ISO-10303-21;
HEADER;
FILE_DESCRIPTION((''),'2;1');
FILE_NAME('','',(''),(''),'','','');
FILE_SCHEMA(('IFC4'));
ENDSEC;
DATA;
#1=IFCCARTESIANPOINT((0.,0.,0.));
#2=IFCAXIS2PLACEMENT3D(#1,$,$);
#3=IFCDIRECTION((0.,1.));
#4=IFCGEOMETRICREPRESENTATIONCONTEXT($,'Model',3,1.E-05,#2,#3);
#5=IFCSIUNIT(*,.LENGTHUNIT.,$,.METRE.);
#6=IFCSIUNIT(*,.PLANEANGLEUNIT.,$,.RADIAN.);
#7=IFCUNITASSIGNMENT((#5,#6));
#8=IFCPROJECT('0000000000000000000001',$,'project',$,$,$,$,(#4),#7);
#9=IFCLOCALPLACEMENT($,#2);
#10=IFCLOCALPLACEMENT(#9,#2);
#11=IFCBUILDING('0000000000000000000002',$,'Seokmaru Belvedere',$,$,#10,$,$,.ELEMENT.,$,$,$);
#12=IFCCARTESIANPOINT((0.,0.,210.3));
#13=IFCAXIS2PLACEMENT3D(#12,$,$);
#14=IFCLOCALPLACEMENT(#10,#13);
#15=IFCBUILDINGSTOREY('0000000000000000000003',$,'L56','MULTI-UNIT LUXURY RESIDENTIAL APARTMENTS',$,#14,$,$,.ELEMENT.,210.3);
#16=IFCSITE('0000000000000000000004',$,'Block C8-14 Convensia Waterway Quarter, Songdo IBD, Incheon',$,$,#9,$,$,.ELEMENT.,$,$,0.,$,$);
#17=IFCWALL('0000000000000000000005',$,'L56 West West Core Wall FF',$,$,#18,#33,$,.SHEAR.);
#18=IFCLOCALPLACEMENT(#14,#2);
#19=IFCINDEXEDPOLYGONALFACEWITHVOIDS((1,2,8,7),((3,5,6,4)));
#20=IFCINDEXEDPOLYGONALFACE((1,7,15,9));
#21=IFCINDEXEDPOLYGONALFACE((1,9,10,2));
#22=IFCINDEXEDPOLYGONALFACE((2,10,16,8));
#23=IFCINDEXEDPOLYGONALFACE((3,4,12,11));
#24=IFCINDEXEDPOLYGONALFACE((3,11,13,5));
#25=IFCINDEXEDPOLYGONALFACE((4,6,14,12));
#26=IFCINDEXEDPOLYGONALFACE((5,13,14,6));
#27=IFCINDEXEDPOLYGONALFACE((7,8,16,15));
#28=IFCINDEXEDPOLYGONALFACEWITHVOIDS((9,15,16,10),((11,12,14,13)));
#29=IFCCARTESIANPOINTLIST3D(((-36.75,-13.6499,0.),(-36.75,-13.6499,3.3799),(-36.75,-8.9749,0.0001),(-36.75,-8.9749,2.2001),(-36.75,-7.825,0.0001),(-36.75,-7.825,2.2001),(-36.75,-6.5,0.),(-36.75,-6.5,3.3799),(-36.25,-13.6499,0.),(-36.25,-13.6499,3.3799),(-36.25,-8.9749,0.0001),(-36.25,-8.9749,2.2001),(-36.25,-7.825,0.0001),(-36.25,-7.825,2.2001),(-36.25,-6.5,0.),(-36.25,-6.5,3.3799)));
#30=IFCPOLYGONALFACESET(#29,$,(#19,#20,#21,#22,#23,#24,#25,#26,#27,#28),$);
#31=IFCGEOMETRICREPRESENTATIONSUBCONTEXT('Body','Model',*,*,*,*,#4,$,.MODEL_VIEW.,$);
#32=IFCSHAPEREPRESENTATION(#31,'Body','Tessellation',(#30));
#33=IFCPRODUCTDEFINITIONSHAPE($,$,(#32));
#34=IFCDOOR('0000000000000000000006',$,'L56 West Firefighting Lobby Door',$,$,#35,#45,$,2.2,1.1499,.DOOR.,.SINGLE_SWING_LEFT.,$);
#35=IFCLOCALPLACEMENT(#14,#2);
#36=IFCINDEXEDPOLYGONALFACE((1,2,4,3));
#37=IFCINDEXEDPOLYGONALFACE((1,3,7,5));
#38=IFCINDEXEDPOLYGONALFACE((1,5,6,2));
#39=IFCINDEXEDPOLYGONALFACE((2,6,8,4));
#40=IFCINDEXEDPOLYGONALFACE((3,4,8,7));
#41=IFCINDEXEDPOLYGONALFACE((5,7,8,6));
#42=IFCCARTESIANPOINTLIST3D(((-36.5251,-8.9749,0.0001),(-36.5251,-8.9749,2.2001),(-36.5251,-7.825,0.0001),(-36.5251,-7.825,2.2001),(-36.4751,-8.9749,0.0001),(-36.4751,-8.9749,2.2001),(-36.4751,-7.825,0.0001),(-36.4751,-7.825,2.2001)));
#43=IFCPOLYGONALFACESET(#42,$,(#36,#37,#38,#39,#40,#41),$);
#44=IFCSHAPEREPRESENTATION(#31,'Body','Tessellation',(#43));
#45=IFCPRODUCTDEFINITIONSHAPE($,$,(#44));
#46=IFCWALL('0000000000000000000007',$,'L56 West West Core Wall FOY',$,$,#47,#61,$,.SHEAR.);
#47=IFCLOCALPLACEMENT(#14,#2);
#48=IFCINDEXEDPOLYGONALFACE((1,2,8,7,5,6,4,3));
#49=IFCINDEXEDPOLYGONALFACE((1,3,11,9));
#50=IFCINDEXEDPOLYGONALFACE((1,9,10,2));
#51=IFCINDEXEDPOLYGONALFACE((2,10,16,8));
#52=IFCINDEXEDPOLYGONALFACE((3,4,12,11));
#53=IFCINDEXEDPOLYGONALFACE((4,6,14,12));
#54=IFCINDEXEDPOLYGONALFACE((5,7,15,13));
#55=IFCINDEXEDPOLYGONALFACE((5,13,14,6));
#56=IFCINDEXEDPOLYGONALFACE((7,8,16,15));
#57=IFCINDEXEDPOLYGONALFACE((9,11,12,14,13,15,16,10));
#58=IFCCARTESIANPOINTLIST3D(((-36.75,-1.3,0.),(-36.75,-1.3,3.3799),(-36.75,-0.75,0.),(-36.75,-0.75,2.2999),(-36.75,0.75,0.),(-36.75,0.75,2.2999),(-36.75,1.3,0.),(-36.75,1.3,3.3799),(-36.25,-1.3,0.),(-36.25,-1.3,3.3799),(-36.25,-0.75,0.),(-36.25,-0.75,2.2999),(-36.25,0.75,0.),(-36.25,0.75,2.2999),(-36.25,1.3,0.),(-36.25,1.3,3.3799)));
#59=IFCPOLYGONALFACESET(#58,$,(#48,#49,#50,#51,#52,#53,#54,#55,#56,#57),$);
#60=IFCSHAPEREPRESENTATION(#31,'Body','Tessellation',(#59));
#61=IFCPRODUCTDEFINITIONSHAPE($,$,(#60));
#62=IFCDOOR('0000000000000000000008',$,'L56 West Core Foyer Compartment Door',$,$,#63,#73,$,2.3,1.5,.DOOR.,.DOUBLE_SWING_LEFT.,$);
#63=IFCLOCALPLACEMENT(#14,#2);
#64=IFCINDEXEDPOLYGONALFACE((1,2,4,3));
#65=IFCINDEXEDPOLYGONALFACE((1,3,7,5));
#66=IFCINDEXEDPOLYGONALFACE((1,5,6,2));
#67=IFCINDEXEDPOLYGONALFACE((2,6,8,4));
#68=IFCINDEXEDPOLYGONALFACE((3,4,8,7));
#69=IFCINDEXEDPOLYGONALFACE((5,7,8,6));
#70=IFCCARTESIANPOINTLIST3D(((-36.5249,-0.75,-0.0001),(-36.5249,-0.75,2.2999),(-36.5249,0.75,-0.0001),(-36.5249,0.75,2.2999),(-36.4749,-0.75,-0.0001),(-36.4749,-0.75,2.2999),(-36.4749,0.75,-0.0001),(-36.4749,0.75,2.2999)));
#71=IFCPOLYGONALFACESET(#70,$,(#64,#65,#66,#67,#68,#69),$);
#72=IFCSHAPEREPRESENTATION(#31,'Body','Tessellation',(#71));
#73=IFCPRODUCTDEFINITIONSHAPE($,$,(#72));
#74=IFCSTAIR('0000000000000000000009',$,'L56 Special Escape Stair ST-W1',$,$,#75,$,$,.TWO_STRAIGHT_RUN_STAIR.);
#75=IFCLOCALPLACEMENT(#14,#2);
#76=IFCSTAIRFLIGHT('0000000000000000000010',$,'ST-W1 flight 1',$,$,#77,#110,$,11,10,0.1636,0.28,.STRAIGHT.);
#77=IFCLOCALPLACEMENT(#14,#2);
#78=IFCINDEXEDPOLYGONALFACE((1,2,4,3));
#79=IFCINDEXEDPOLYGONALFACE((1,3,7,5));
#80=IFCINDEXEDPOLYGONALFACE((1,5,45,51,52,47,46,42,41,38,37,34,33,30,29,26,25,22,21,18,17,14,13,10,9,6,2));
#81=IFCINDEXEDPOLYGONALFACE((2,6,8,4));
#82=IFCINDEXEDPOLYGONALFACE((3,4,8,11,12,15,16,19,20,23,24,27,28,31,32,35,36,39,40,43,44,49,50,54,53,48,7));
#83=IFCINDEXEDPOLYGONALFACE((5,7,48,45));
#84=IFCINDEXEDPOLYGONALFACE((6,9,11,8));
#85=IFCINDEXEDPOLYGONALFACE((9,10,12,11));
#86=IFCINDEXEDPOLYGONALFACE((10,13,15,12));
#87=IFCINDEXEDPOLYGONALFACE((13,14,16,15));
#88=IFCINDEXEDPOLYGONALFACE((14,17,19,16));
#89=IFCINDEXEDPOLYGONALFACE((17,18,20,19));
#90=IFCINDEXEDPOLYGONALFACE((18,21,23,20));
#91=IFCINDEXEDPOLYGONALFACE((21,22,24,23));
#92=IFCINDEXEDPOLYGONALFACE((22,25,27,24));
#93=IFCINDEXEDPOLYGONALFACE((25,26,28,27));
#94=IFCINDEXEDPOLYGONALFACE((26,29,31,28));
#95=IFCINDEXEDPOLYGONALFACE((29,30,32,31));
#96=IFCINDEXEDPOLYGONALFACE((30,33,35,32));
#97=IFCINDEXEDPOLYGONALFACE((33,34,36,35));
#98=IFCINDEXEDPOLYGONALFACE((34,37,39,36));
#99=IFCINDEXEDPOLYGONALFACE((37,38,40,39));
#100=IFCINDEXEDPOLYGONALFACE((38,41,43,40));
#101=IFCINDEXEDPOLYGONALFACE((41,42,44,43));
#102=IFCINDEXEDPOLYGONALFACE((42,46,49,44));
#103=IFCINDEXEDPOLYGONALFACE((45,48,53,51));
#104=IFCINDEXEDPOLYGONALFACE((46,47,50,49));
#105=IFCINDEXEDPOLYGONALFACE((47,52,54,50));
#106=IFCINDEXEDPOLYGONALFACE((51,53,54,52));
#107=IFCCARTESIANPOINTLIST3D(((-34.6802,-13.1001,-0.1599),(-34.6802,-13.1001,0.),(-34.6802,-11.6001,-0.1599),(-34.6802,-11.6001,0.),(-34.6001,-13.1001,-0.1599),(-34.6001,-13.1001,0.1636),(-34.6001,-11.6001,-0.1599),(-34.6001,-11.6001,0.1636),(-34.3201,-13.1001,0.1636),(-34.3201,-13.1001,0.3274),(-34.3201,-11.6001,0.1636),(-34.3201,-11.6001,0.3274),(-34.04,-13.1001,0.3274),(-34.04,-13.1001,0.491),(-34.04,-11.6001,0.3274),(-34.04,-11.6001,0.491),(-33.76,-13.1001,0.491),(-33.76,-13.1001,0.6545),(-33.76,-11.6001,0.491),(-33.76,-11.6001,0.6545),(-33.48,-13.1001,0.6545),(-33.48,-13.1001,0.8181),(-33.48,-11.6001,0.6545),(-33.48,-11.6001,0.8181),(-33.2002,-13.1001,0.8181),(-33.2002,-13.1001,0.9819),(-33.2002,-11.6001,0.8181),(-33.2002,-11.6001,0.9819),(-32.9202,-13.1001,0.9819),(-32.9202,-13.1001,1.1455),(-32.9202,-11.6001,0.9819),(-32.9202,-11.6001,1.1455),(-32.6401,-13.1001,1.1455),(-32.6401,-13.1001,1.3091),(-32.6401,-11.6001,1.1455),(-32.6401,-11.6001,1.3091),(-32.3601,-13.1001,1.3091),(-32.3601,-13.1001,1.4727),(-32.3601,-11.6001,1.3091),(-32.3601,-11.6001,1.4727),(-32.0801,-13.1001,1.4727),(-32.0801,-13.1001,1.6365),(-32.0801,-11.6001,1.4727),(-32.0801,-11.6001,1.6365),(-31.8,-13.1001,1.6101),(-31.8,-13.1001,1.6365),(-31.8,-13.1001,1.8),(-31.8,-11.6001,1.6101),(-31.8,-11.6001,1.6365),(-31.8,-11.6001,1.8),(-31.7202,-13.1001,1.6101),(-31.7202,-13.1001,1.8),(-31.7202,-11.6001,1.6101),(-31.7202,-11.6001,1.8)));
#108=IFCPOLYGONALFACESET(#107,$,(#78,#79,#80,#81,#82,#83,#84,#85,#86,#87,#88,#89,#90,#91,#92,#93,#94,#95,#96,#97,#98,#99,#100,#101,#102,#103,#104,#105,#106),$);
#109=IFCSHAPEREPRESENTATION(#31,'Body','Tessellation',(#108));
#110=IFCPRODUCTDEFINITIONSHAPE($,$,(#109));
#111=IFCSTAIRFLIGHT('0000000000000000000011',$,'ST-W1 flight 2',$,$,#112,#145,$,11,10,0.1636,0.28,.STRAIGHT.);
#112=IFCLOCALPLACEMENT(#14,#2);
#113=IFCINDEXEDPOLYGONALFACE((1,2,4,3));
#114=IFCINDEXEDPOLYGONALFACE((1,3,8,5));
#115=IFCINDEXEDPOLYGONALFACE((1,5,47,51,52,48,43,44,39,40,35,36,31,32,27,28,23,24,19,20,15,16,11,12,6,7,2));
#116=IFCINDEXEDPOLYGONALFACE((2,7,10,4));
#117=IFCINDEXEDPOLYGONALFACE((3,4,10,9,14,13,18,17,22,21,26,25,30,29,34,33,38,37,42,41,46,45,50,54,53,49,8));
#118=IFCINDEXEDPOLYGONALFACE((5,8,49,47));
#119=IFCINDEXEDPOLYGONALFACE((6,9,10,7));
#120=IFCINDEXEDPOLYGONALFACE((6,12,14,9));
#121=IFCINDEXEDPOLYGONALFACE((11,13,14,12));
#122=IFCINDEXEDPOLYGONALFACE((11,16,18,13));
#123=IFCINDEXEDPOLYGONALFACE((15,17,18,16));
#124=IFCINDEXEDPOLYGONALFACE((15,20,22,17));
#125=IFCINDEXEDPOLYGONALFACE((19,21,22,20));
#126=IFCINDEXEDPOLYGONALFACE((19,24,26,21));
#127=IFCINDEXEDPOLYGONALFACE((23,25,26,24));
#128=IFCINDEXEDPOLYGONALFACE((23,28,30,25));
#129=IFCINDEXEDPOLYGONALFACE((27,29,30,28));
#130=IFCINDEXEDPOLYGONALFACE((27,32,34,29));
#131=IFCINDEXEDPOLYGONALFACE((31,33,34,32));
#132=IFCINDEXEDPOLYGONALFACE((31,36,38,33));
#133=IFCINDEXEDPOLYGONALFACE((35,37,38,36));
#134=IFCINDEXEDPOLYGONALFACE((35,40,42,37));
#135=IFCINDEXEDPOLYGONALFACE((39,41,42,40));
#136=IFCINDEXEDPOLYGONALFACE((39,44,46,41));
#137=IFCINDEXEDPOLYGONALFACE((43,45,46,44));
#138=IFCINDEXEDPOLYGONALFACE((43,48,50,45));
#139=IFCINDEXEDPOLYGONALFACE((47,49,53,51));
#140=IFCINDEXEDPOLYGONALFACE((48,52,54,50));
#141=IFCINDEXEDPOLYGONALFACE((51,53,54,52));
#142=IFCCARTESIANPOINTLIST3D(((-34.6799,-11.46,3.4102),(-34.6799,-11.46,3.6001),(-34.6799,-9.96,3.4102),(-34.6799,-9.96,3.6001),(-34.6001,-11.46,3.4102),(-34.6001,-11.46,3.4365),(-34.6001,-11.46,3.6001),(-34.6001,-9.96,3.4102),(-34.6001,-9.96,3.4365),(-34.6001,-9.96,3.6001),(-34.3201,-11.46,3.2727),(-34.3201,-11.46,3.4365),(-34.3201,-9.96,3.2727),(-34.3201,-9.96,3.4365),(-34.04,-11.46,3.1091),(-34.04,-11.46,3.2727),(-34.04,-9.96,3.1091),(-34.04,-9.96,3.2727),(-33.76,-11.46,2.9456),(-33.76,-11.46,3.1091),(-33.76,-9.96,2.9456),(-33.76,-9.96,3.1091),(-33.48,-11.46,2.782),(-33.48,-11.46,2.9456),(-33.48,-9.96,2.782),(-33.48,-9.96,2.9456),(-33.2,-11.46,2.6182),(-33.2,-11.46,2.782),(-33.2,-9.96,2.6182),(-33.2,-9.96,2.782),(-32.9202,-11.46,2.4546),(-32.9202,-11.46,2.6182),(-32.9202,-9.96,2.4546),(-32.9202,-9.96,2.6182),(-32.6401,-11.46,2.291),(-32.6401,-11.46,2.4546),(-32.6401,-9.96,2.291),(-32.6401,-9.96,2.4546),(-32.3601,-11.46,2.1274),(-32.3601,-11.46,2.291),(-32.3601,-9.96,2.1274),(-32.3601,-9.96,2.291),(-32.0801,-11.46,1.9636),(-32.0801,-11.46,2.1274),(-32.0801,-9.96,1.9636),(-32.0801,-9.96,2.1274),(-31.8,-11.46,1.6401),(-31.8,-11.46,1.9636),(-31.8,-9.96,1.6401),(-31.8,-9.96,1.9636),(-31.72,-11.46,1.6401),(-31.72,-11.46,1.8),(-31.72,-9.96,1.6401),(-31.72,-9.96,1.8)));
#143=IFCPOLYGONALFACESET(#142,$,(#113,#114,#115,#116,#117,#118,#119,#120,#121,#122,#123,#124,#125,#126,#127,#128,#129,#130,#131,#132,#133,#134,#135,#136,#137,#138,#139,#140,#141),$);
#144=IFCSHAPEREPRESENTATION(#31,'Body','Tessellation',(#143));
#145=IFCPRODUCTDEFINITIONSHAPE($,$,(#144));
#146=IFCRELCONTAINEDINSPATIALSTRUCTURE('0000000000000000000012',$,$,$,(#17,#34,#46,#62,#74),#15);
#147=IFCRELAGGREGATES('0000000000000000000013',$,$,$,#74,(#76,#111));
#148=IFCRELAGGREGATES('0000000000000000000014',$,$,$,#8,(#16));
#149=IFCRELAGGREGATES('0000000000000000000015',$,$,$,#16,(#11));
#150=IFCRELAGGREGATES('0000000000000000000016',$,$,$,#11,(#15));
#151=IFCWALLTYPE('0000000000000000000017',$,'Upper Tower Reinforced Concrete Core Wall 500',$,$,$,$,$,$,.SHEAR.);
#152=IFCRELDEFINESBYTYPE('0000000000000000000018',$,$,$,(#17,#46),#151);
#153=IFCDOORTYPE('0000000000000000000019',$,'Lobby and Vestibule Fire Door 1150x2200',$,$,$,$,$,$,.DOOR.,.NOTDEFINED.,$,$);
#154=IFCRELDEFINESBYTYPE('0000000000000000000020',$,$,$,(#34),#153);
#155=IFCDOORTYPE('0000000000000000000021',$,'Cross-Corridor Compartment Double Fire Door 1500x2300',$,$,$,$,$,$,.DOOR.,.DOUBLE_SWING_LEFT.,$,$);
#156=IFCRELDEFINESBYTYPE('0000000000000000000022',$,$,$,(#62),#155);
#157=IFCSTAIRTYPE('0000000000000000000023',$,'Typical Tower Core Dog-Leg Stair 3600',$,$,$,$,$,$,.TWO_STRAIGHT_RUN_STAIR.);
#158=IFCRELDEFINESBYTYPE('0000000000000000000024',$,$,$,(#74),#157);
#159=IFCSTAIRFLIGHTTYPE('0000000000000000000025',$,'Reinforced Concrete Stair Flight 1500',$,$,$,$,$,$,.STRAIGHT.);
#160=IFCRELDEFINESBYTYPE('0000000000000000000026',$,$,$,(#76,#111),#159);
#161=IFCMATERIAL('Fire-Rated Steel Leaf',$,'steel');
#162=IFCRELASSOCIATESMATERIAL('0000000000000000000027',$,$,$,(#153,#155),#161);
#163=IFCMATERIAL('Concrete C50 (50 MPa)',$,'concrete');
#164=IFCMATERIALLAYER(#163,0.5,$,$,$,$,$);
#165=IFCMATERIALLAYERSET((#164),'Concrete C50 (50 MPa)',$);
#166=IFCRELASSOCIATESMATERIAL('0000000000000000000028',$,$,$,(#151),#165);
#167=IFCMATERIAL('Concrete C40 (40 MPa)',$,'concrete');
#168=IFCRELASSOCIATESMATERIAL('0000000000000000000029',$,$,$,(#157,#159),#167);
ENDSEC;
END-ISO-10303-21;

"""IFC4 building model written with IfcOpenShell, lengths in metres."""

from ifc_helpers import new_model, si_unit, direction, frame, frame_2d, origin, place, context, subcontext, project, spatial, polyline, rectangle, outline, extrude, source, transform, mapped, material, layer, layer_set, type_object, type_shapes, element, fill, aggregate, save


model = new_model("IFC4")

# Units and contexts
model_context = context("Model", 3, precision=1e-05, world=origin(), true_north=direction((0.0, 1.0)))
body_context = subcontext(model_context, "Body", "Model", "MODEL_VIEW")
ifc_project = project(units=[si_unit("LENGTHUNIT", "METRE"), si_unit("PLANEANGLEUNIT", "RADIAN")], contexts=[model_context])

# Site, building, storey
site_placement = place(None, origin())
site = spatial("IfcSite", under=ifc_project, at=site_placement, Name="Block C8-14 Convensia Waterway Quarter, Songdo IBD, Incheon", CompositionType="ELEMENT", RefElevation=0.0)
building_placement = place(site_placement, origin())
building = spatial("IfcBuilding", under=site, at=building_placement, Name="Seokmaru Belvedere", CompositionType="ELEMENT")
storey_placement = place(building_placement, frame((0.0, 0.0, 210.3)))
storey = spatial("IfcBuildingStorey", under=building, at=storey_placement, Name="L56", Description="MULTI-UNIT LUXURY RESIDENTIAL APARTMENTS", CompositionType="ELEMENT", Elevation=210.3)

# Shared definitions
ifc_material_1 = material(Name="Fire-Rated Steel Leaf", Category="steel")
door_type_1 = type_object("IfcDoorType", Name="Lobby and Vestibule Fire Door 1150x2200", OperationType="NOTDEFINED", PredefinedType="DOOR", material=ifc_material_1)
shared_shape_1 = source(origin(), body_context, "Body", "SweptSolid", [
    extrude(rectangle(XDim=1.1499, YDim=2.2, at=frame_2d((0.575, 1.1001))), frame((0.0, 0.0249, 0.0), z_axis=(0.0, -1.0, 0.0), x_axis=(1.0, 0.0, 0.0)), (0.0, 0.0, 1.0), 0.05),
])
type_shapes(door_type_1, [shared_shape_1])

# Shared definitions
ifc_material_2 = material(Name="Concrete C50 (50 MPa)", Category="concrete")

# Shared definitions
ifc_layer_1 = layer(ifc_material_2, 0.5)
ifc_layer_set_1 = layer_set([ifc_layer_1], Name="Concrete C50 (50 MPa)")
wall_type_1 = type_object("IfcWallType", Name="Upper Tower Reinforced Concrete Core Wall 500", PredefinedType="SHEAR", material=ifc_layer_set_1)

# Walls, openings, doors
wall_1_placement = place(storey_placement, frame((-36.5, -13.6499, 0.0), z_axis=(0.0, 0.0, 1.0), x_axis=(0.0, 1.0, 0.0)))
wall_1 = element("IfcWall", 1, at=wall_1_placement, inside=storey, type_object=wall_type_1, Name="L56 West West Core Wall FF", PredefinedType="SHEAR", context=body_context, shape_type="SweptSolid", body=[
    extrude(rectangle(XDim=7.1499, YDim=0.5, at=frame_2d((3.575, 0.0))), origin(), (0.0, 0.0, 1.0), 3.3799),
])
opening_1_placement = place(wall_1_placement, frame((4.675, 0.0, 0.0)))
opening_1 = element("IfcOpeningElement", 2, at=opening_1_placement, cuts=wall_1, PredefinedType="OPENING", context=body_context, shape_type="SweptSolid", body=[
    extrude(rectangle(XDim=1.1499, YDim=2.2, at=frame_2d((0.575, 1.1001))), frame((0.0, 0.26, 0.0), z_axis=(0.0, -1.0, 0.0), x_axis=(1.0, 0.0, 0.0)), (0.0, 0.0, 1.0), 0.52),
])
door_1_placement = place(opening_1_placement, frame((1.1499, 0.0, 0.0), z_axis=(0.0, 0.0, 1.0), x_axis=(-1.0, 0.0, 0.0)))
door_1 = element("IfcDoor", 3, at=door_1_placement, inside=storey, type_object=door_type_1, Name="L56 West Firefighting Lobby Door", OperationType="SINGLE_SWING_LEFT", OverallHeight=2.2, OverallWidth=1.1499, PredefinedType="DOOR", context=body_context, shape_type="MappedRepresentation", body=[
    mapped(shared_shape_1, transform((0.0, 0.0, 0.0), scale=1.0)),
])
fill(opening_1, door_1)
wall_2_placement = place(storey_placement, frame((-36.5, -1.3, 0.0), z_axis=(0.0, 0.0, 1.0), x_axis=(0.0, 1.0, 0.0)))
wall_2 = element("IfcWall", 4, at=wall_2_placement, inside=storey, type_object=wall_type_1, Name="L56 West West Core Wall FOY", PredefinedType="SHEAR", context=body_context, shape_type="SweptSolid", body=[
    extrude(rectangle(XDim=2.6001, YDim=0.5, at=frame_2d((1.3, 0.0))), origin(), (0.0, 0.0, 1.0), 3.3799),
])
opening_2_placement = place(wall_2_placement, frame((0.55, 0.0, 0.0)))
opening_2 = element("IfcOpeningElement", 5, at=opening_2_placement, cuts=wall_2, PredefinedType="OPENING", context=body_context, shape_type="SweptSolid", body=[
    extrude(rectangle(XDim=1.5, YDim=2.3, at=frame_2d((0.75, 1.1499))), frame((0.0, 0.26, 0.0), z_axis=(0.0, -1.0, 0.0), x_axis=(1.0, 0.0, 0.0)), (0.0, 0.0, 1.0), 0.52),
])
door_type_2 = type_object("IfcDoorType", Name="Cross-Corridor Compartment Double Fire Door 1500x2300", OperationType="DOUBLE_SWING_LEFT", PredefinedType="DOOR", material=ifc_material_1)
shared_shape_2 = source(origin(), body_context, "Body", "SweptSolid", [
    extrude(rectangle(XDim=1.5, YDim=2.3, at=frame_2d((0.75, 1.1499))), frame((0.0, 0.0249, 0.0), z_axis=(0.0, -1.0, 0.0), x_axis=(1.0, 0.0, 0.0)), (0.0, 0.0, 1.0), 0.05),
])
type_shapes(door_type_2, [shared_shape_2])
door_2_placement = place(opening_2_placement, origin())
door_2 = element("IfcDoor", 6, at=door_2_placement, inside=storey, type_object=door_type_2, Name="L56 West Core Foyer Compartment Door", OperationType="DOUBLE_SWING_LEFT", OverallHeight=2.3, OverallWidth=1.5, PredefinedType="DOOR", context=body_context, shape_type="MappedRepresentation", body=[
    mapped(shared_shape_2, transform((0.0, 0.0, 0.0), scale=1.0)),
])
fill(opening_2, door_2)

# Stair, stair flights
ifc_material_3 = material(Name="Concrete C40 (40 MPa)", Category="concrete")
stair_type = type_object("IfcStairType", Name="Typical Tower Core Dog-Leg Stair 3600", PredefinedType="TWO_STRAIGHT_RUN_STAIR", material=ifc_material_3)
stair_placement = place(storey_placement, origin())
stair = element("IfcStair", 7, at=stair_placement, inside=storey, type_object=stair_type, Name="L56 Special Escape Stair ST-W1", PredefinedType="TWO_STRAIGHT_RUN_STAIR")
stair_flight_type = type_object("IfcStairFlightType", Name="Reinforced Concrete Stair Flight 1500", PredefinedType="STRAIGHT", material=ifc_material_3)
stair_flight_1_placement = place(storey_placement, frame((-34.6001, -12.3501, 0.0), z_axis=(0.0, 0.0, 1.0), x_axis=(1.0, 0.0, 0.0)))
stair_flight_1 = element("IfcStairFlight", 8, at=stair_flight_1_placement, type_object=stair_flight_type, Name="ST-W1 flight 1", NumberOfRisers=11, NumberOfTreads=10, PredefinedType="STRAIGHT", RiserHeight=0.1636, TreadLength=0.28, context=body_context, shape_type="SweptSolid", body=[
    extrude(outline(polyline([(-0.0801, 0.0), (0.0, 0.1636), (0.28, 0.1636), (0.28, 0.3274), (0.5601, 0.3274), (0.5601, 0.491), (0.8401, 0.491), (0.8401, 0.6545), (1.1201, 0.6545), (1.1201, 0.8181), (1.3999, 0.8181), (1.3999, 0.9819), (1.6799, 0.9819), (1.6799, 1.1455), (1.96, 1.1455), (1.96, 1.3091), (2.24, 1.3091), (2.24, 1.4727), (2.52, 1.4727), (2.52, 1.6365), (2.8, 1.6365), (2.8, 1.8), (2.8799, 1.8), (2.8799, 1.6101), (2.8, 1.6101), (0.0, -0.1599), (-0.0801, -0.1599), (-0.0801, 0.0)])), frame((0.0, 0.75, 0.0), z_axis=(0.0, -1.0, 0.0), x_axis=(1.0, 0.0, 0.0)), (0.0, 0.0, 1.0), 1.5),
])
stair_flight_2_placement = place(storey_placement, frame((-31.8, -10.71, 1.8), z_axis=(0.0, 0.0, 1.0), x_axis=(-1.0, 0.0, 0.0)))
stair_flight_2 = element("IfcStairFlight", 9, at=stair_flight_2_placement, type_object=stair_flight_type, Name="ST-W1 flight 2", NumberOfRisers=11, NumberOfTreads=10, PredefinedType="STRAIGHT", RiserHeight=0.1636, TreadLength=0.28, context=body_context, shape_type="SweptSolid", body=[
    extrude(outline(polyline([(-0.0801, 0.0), (0.0, 0.1636), (0.28, 0.1636), (0.28, 0.3274), (0.5601, 0.3274), (0.5601, 0.491), (0.8401, 0.491), (0.8401, 0.6545), (1.1201, 0.6545), (1.1201, 0.8181), (1.3999, 0.8181), (1.3999, 0.9819), (1.6799, 0.9819), (1.6799, 1.1455), (1.96, 1.1455), (1.96, 1.3091), (2.24, 1.3091), (2.24, 1.4727), (2.52, 1.4727), (2.52, 1.6365), (2.8, 1.6365), (2.8, 1.8), (2.8799, 1.8), (2.8799, 1.6101), (2.8, 1.6101), (0.0, -0.1599), (-0.0801, -0.1599), (-0.0801, 0.0)])), frame((0.0, 0.75, 0.0), z_axis=(0.0, -1.0, 0.0), x_axis=(1.0, 0.0, 0.0)), (0.0, 0.0, 1.0), 1.5),
])
aggregate(stair, [stair_flight_1, stair_flight_2])

save(model, "model.ifc")
